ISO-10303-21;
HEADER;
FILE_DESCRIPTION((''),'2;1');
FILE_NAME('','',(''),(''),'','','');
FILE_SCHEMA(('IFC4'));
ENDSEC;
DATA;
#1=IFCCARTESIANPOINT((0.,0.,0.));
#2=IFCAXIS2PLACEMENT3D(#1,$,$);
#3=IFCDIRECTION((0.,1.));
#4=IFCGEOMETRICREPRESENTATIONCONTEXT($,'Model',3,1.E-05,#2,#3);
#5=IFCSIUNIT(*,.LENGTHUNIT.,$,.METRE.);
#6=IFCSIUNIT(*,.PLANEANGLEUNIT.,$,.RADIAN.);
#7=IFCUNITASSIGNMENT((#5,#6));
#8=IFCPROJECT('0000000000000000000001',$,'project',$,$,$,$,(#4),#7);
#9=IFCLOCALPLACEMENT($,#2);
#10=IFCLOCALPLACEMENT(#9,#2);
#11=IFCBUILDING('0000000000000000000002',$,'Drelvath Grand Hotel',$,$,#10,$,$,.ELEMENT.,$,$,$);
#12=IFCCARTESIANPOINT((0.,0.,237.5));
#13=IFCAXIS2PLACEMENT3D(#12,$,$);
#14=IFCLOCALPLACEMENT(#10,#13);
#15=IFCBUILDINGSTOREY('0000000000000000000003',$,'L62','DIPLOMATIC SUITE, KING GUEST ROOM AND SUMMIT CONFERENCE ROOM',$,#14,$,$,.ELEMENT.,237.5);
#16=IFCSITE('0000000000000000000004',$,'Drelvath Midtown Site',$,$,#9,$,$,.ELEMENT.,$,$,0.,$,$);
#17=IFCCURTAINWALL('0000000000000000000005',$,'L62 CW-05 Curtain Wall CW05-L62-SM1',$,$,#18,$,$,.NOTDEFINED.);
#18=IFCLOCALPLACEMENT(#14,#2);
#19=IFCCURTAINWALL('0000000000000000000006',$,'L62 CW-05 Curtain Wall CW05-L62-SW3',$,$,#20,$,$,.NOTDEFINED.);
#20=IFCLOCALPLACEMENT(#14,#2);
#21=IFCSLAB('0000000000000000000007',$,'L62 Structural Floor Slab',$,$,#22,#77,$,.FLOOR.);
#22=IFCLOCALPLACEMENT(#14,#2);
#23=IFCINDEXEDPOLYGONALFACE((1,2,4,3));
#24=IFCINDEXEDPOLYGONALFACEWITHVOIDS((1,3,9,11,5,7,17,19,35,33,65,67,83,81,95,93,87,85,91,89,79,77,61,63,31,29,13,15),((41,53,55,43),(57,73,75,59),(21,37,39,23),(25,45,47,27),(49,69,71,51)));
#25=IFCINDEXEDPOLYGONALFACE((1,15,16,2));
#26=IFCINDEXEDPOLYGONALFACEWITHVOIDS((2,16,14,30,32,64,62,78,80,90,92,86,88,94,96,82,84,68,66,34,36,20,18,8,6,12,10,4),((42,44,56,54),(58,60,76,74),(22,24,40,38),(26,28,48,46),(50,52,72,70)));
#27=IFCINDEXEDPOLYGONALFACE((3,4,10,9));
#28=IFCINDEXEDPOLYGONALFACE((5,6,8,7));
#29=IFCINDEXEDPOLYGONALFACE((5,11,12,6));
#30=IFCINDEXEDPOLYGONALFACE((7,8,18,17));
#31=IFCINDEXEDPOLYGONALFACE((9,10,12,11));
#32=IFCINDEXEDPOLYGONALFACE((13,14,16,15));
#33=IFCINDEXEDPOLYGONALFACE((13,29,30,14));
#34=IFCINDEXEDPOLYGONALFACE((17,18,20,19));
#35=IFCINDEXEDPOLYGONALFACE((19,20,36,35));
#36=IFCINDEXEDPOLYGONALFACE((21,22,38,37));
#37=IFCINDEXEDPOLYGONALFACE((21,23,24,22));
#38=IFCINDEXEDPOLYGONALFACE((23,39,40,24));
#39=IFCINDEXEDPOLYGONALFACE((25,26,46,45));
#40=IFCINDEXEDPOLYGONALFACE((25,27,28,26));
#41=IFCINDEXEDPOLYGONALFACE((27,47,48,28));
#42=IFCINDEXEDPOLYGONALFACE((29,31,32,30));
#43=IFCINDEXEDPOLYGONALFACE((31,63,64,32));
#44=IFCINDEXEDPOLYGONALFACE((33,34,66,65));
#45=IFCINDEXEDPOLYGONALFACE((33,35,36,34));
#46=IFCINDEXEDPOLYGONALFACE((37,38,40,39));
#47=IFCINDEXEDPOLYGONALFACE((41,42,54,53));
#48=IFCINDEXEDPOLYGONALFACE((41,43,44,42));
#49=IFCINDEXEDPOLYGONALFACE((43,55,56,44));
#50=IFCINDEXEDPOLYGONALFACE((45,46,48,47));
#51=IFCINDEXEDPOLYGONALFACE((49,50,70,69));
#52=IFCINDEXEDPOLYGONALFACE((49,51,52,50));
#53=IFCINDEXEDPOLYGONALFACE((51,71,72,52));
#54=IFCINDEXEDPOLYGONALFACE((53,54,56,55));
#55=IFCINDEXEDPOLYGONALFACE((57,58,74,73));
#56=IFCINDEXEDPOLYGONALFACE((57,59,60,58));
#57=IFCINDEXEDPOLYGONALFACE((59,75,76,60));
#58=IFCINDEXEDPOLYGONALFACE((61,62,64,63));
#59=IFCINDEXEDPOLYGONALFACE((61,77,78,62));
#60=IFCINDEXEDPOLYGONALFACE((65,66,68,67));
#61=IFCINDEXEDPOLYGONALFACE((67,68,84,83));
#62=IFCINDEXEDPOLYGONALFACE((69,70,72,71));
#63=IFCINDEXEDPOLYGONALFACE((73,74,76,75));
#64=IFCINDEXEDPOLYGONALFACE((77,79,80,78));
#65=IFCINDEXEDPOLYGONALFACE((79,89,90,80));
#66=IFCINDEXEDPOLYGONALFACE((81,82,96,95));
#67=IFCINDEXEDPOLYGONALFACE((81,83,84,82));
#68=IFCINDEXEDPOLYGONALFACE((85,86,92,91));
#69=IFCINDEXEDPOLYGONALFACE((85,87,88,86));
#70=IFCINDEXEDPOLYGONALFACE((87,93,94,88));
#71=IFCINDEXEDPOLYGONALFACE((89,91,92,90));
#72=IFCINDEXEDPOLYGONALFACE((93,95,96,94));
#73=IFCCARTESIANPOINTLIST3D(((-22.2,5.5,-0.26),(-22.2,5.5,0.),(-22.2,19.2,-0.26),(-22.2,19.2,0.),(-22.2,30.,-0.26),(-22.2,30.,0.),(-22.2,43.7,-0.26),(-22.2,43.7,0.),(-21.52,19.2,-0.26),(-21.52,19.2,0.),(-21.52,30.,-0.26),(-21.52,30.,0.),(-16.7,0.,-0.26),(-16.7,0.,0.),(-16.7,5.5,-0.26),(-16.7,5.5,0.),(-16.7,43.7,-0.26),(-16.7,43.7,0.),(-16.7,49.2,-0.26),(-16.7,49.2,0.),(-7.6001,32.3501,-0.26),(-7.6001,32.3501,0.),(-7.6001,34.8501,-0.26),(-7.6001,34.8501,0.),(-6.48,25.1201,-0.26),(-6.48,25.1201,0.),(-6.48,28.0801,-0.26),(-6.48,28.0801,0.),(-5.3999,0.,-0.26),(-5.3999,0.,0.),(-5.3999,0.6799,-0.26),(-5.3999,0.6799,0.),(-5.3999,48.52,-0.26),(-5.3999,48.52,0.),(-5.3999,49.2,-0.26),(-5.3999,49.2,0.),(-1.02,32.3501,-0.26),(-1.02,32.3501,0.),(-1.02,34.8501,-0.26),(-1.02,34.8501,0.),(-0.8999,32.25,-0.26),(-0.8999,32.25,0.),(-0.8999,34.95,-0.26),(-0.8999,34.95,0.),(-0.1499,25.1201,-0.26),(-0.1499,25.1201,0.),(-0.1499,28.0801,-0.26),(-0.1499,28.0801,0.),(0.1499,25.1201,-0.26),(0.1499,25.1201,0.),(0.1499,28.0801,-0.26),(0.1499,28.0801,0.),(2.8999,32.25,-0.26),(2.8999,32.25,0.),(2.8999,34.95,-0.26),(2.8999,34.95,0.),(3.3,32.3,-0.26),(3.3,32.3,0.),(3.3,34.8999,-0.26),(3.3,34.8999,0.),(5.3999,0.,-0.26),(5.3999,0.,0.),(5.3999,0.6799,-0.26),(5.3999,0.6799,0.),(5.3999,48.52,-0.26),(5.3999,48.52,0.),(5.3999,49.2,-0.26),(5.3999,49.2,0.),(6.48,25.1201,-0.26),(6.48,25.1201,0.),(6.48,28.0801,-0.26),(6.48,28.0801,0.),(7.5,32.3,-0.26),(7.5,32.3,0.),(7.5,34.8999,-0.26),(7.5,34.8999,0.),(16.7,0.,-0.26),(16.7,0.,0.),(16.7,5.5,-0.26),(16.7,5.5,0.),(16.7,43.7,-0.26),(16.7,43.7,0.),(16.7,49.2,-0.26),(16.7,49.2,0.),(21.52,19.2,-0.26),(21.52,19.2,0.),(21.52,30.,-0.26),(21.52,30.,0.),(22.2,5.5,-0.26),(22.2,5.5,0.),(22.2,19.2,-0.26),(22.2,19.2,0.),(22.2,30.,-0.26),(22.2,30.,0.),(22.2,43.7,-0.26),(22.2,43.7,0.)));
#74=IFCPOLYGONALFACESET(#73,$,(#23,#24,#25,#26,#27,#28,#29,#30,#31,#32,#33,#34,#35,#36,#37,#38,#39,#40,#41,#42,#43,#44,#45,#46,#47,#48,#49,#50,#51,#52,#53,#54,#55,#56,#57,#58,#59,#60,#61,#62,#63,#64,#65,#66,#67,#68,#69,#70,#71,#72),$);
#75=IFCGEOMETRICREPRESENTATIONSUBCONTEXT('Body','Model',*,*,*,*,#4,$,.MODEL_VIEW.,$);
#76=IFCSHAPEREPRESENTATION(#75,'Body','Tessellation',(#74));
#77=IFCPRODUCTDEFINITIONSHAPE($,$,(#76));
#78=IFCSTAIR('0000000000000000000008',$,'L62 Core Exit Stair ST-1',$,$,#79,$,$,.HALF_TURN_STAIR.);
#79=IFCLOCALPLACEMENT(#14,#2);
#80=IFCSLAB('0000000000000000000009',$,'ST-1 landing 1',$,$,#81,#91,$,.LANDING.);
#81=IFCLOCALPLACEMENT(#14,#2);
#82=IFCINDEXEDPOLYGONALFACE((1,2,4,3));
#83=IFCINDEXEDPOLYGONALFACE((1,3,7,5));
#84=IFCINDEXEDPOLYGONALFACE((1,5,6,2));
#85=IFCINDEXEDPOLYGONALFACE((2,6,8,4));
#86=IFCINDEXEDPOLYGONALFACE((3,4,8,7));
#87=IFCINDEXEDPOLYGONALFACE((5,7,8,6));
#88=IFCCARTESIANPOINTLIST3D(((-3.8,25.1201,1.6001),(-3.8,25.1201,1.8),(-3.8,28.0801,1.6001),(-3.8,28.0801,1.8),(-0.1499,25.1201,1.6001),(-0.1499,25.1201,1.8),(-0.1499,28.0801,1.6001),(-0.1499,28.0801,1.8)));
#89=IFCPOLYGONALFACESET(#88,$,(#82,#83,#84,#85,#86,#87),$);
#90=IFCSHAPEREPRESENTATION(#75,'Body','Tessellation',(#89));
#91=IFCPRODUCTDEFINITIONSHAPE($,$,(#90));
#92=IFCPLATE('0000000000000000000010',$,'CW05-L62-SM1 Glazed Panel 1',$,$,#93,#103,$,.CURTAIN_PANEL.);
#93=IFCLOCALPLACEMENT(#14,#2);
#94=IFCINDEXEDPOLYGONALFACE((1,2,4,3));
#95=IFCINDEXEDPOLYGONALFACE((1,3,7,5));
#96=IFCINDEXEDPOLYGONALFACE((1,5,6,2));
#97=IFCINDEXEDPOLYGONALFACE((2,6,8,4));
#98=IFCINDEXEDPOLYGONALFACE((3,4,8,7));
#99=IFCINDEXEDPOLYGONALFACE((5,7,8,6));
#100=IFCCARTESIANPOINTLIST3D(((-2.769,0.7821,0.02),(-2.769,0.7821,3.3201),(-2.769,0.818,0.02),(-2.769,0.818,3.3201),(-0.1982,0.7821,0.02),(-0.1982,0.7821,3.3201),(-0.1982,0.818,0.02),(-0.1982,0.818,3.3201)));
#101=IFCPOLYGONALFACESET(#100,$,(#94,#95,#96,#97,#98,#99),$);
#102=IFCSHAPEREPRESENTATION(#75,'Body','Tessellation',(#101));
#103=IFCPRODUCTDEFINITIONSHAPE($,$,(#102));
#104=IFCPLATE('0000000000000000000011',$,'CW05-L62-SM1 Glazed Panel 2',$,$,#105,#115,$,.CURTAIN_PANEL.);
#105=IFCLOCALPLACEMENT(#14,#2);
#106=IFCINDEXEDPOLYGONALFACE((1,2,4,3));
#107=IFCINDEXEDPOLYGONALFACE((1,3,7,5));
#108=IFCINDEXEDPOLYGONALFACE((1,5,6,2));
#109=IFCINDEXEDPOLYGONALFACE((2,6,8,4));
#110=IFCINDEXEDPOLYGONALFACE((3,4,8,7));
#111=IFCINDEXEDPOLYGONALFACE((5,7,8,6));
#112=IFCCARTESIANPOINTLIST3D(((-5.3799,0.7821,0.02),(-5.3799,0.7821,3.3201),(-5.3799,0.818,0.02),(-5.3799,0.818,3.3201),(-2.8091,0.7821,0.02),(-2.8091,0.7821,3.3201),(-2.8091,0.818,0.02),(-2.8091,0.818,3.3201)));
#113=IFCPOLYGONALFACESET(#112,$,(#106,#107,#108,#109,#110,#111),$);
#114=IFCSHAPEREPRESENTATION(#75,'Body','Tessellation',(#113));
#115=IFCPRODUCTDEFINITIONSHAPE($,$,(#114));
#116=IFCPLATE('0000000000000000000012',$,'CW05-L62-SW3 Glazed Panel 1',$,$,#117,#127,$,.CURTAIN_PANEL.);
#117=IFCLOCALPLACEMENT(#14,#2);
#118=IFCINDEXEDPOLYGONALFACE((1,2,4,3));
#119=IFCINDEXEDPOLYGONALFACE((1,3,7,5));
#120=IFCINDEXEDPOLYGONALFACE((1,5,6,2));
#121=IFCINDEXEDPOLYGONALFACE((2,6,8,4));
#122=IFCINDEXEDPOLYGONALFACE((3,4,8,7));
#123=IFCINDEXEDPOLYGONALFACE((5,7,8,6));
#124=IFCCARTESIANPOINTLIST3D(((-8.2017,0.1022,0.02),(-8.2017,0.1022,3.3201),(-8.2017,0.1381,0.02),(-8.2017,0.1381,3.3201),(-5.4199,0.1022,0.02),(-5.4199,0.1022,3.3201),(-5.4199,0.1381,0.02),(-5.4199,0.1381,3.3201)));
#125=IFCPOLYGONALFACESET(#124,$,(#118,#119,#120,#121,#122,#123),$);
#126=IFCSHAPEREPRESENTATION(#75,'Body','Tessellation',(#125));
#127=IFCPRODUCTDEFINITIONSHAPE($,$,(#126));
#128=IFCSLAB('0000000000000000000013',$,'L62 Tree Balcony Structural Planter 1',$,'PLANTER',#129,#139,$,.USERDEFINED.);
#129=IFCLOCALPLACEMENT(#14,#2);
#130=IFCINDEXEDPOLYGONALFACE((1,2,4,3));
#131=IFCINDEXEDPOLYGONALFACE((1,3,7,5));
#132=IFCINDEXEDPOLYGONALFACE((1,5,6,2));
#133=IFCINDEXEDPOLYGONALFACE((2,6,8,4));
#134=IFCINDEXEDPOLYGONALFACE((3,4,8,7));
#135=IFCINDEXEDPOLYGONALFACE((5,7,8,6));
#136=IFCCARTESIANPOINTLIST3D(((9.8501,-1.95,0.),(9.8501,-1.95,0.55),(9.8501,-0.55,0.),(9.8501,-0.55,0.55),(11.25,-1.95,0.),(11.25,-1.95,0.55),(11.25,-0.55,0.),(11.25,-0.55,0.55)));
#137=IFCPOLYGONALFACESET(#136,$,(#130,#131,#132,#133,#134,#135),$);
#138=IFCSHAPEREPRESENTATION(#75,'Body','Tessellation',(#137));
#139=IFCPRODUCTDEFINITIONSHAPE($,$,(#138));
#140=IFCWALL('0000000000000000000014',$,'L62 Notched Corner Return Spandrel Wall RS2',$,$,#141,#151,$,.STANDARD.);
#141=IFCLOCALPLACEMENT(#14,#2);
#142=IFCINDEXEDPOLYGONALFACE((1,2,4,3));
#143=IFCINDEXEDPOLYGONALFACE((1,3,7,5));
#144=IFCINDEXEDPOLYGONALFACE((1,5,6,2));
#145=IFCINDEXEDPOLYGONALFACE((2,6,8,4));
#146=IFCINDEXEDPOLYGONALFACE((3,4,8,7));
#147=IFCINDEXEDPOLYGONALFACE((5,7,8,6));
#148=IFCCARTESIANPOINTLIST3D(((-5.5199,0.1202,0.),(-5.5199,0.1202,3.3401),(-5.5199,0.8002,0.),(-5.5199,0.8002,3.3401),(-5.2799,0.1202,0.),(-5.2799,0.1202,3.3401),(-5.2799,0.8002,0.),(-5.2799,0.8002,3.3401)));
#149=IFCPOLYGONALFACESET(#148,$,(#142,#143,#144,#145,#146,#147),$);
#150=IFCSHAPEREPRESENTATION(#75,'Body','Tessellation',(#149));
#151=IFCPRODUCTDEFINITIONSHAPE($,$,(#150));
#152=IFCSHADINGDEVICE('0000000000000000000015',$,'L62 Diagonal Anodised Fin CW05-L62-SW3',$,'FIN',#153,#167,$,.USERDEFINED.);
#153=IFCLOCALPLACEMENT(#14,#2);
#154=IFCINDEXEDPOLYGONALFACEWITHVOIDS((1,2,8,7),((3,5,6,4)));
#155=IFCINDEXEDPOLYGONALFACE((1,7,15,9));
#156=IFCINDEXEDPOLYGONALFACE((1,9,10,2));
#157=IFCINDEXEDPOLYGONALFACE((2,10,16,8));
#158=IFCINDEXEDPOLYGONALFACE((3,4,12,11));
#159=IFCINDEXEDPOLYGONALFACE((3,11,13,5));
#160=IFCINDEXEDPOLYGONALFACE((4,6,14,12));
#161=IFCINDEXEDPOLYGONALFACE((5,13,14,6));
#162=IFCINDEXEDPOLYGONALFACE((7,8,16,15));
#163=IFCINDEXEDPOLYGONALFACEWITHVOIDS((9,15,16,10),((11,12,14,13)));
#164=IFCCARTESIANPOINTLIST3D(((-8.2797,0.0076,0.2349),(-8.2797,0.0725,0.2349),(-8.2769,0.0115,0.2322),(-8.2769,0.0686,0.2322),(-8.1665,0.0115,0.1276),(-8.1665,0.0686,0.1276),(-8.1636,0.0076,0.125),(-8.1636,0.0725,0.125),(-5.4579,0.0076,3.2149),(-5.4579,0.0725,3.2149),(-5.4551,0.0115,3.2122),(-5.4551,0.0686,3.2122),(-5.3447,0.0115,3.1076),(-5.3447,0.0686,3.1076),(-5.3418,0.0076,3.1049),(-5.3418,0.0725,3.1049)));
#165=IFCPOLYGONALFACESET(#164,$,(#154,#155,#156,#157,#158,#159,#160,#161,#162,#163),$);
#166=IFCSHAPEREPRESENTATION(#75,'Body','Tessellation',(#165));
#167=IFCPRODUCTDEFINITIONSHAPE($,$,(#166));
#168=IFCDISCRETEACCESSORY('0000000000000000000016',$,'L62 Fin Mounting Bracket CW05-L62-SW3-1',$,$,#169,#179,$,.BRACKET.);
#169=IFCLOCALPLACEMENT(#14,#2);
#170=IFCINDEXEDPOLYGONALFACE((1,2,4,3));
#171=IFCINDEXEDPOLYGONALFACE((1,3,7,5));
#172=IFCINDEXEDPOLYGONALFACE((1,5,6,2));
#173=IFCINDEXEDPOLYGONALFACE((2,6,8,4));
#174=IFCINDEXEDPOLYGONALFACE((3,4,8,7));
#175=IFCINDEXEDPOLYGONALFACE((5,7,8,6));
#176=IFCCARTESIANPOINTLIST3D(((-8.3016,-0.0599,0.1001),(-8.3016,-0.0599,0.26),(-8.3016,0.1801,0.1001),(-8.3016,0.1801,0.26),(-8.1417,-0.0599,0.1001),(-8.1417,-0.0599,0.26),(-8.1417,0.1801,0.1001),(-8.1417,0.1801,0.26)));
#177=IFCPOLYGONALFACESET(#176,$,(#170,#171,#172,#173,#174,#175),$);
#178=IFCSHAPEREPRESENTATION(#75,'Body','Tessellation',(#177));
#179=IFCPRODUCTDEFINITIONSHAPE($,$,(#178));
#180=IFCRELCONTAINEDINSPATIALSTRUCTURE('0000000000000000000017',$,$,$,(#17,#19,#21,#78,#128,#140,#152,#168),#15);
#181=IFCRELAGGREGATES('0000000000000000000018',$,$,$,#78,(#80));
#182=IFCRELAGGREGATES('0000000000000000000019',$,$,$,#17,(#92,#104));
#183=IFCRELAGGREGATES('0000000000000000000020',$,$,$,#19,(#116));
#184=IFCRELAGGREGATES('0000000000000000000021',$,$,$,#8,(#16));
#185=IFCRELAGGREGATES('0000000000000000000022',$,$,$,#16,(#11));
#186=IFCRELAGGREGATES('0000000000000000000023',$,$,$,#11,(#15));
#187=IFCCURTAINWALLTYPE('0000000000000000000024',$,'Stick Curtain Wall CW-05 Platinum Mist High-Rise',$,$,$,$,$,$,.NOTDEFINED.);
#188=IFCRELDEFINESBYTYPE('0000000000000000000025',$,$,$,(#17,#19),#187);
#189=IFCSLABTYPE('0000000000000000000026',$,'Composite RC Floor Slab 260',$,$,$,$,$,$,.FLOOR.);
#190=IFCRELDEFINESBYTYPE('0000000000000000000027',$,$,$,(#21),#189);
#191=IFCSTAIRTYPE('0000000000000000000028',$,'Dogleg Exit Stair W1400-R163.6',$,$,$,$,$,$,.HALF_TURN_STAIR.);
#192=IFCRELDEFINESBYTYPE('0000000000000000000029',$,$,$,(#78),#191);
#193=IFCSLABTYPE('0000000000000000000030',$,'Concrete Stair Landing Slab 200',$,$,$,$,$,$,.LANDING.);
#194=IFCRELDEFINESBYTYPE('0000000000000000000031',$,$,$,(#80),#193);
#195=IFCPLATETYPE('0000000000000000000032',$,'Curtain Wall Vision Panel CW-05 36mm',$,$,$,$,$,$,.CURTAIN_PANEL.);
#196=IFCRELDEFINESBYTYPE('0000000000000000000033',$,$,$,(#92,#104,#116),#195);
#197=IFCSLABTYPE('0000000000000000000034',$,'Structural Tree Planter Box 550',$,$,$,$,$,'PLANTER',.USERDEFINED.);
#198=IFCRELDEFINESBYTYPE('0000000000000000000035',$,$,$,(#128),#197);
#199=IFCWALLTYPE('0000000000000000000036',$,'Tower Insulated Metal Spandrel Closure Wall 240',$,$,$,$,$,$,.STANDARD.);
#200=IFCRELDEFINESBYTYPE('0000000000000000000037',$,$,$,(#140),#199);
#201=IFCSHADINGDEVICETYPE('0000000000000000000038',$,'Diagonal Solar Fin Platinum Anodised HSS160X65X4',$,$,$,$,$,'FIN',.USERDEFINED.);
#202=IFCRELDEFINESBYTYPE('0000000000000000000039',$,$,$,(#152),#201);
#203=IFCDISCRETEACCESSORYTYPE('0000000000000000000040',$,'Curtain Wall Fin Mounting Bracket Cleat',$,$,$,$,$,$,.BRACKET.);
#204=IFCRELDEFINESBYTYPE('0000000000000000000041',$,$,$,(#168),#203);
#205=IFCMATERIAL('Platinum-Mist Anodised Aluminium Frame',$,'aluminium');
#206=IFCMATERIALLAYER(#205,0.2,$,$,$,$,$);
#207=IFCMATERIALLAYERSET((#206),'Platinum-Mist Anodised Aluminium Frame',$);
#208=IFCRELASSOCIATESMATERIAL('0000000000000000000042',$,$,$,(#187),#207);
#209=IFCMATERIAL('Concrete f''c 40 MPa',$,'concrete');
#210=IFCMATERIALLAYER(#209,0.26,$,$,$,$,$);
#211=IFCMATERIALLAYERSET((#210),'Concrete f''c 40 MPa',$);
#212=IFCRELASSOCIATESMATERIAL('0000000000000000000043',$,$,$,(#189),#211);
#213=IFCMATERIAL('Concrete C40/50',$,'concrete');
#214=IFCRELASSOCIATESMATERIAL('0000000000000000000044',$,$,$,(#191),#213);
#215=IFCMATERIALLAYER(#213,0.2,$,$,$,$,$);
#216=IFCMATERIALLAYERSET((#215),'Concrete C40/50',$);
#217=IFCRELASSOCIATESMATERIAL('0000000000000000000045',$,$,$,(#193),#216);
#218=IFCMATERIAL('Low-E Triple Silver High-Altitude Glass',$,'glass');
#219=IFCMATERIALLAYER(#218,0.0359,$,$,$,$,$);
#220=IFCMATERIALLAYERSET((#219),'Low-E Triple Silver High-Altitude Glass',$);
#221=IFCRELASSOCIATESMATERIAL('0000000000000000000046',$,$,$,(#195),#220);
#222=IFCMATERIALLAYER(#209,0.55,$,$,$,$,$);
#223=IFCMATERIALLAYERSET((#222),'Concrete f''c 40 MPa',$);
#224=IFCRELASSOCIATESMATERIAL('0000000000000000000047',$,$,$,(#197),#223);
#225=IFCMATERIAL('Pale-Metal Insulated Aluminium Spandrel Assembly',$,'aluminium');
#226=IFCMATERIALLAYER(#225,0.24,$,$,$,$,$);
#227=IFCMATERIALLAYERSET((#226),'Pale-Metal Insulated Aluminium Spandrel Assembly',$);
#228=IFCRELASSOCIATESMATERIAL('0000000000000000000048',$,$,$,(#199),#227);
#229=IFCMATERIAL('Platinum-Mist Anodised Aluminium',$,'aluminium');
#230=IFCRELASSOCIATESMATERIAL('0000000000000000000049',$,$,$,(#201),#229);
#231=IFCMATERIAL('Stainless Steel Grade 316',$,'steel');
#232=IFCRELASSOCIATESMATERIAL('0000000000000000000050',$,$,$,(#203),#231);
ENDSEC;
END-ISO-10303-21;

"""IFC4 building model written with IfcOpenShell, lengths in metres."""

from ifc_helpers import new_model, si_unit, direction, frame, frame_2d, origin, origin_2d, place, context, subcontext, project, spatial, polyline, rectangle, hollow_rectangle, outline, extrude, material, layer, layer_set, material_profile, profile_set, type_object, element, aggregate, save


model = new_model("IFC4")

# Units and contexts
model_context = context("Model", 3, precision=1e-05, world=origin(), true_north=direction((0.0, 1.0)))
body_context = subcontext(model_context, "Body", "Model", "MODEL_VIEW")
ifc_project = project(units=[si_unit("LENGTHUNIT", "METRE"), si_unit("PLANEANGLEUNIT", "RADIAN")], contexts=[model_context])

# Site, building, storey
site_placement = place(None, origin())
site = spatial("IfcSite", under=ifc_project, at=site_placement, Name="Drelvath Midtown Site", CompositionType="ELEMENT", RefElevation=0.0)
building_placement = place(site_placement, origin())
building = spatial("IfcBuilding", under=site, at=building_placement, Name="Drelvath Grand Hotel", CompositionType="ELEMENT")
storey_placement = place(building_placement, frame((0.0, 0.0, 237.5)))
storey = spatial("IfcBuildingStorey", under=building, at=storey_placement, Name="L62", Description="DIPLOMATIC SUITE, KING GUEST ROOM AND SUMMIT CONFERENCE ROOM", CompositionType="ELEMENT", Elevation=237.5)

# Curtain walls
ifc_material_1 = material(Name="Platinum-Mist Anodised Aluminium Frame", Category="aluminium")
ifc_layer_1 = layer(ifc_material_1, 0.2)
ifc_layer_set_1 = layer_set([ifc_layer_1], Name="Platinum-Mist Anodised Aluminium Frame")
curtain_wall_type = type_object("IfcCurtainWallType", Name="Stick Curtain Wall CW-05 Platinum Mist High-Rise", PredefinedType="NOTDEFINED", material=ifc_layer_set_1)
curtain_wall_1_placement = place(storey_placement, origin())
curtain_wall_1 = element("IfcCurtainWall", 1, at=curtain_wall_1_placement, inside=storey, type_object=curtain_wall_type, Name="L62 CW-05 Curtain Wall CW05-L62-SM1", PredefinedType="NOTDEFINED")
curtain_wall_2_placement = place(storey_placement, origin())
curtain_wall_2 = element("IfcCurtainWall", 2, at=curtain_wall_2_placement, inside=storey, type_object=curtain_wall_type, Name="L62 CW-05 Curtain Wall CW05-L62-SW3", PredefinedType="NOTDEFINED")

# Slab
ifc_material_2 = material(Name="Concrete f'c 40 MPa", Category="concrete")
ifc_layer_2 = layer(ifc_material_2, 0.26)
ifc_layer_set_2 = layer_set([ifc_layer_2], Name="Concrete f'c 40 MPa")
slab_type_1 = type_object("IfcSlabType", Name="Composite RC Floor Slab 260", PredefinedType="FLOOR", material=ifc_layer_set_2)
slab_1_placement = place(storey_placement, frame((0.0, 0.0, -0.26)))
element("IfcSlab", 3, at=slab_1_placement, inside=storey, type_object=slab_type_1, Name="L62 Structural Floor Slab", PredefinedType="FLOOR", context=body_context, shape_type="SweptSolid", body=[
    extrude(outline(polyline([(-16.7, 0.0), (-5.3999, 0.0), (-5.3999, 0.6799), (5.3999, 0.6799), (5.3999, 0.0), (16.7, 0.0), (16.7, 5.5), (22.2, 5.5), (22.2, 19.2), (21.52, 19.2), (21.52, 30.0), (22.2, 30.0), (22.2, 43.7), (16.7, 43.7), (16.7, 49.2), (5.3999, 49.2), (5.3999, 48.52), (-5.3999, 48.52), (-5.3999, 49.2), (-16.7, 49.2), (-16.7, 43.7), (-22.2, 43.7), (-22.2, 30.0), (-21.52, 30.0), (-21.52, 19.2), (-22.2, 19.2), (-22.2, 5.5), (-16.7, 5.5), (-16.7, 0.0)]), holes=[polyline([(-6.48, 25.1201), (-6.48, 28.0801), (-0.1499, 28.0801), (-0.1499, 25.1201), (-6.48, 25.1201)]), polyline([(0.1499, 25.1201), (0.1499, 28.0801), (6.48, 28.0801), (6.48, 25.1201), (0.1499, 25.1201)]), polyline([(-7.6001, 32.3501), (-7.6001, 34.8501), (-1.02, 34.8501), (-1.02, 32.3501), (-7.6001, 32.3501)]), polyline([(-0.8999, 32.25), (-0.8999, 34.95), (2.8999, 34.95), (2.8999, 32.25), (-0.8999, 32.25)]), polyline([(3.3, 32.3), (3.3, 34.8999), (7.5, 34.8999), (7.5, 32.3), (3.3, 32.3)])]), origin(), (0.0, 0.0, 1.0), 0.26),
])

# Stair, slab
ifc_material_3 = material(Name="Concrete C40/50", Category="concrete")
stair_type = type_object("IfcStairType", Name="Dogleg Exit Stair W1400-R163.6", PredefinedType="HALF_TURN_STAIR", material=ifc_material_3)
stair_placement = place(storey_placement, origin())
stair = element("IfcStair", 4, at=stair_placement, inside=storey, type_object=stair_type, Name="L62 Core Exit Stair ST-1", PredefinedType="HALF_TURN_STAIR")
ifc_layer_3 = layer(ifc_material_3, 0.2)
ifc_layer_set_3 = layer_set([ifc_layer_3], Name="Concrete C40/50")
slab_type_2 = type_object("IfcSlabType", Name="Concrete Stair Landing Slab 200", PredefinedType="LANDING", material=ifc_layer_set_3)
slab_2_placement = place(storey_placement, frame((0.0, 0.0, 1.6001)))
slab_2 = element("IfcSlab", 5, at=slab_2_placement, type_object=slab_type_2, Name="ST-1 landing 1", PredefinedType="LANDING", context=body_context, shape_type="SweptSolid", body=[
    extrude(outline(polyline([(-3.8, 25.1201), (-0.1499, 25.1201), (-0.1499, 28.0801), (-3.8, 28.0801), (-3.8, 25.1201)])), origin(), (0.0, 0.0, 1.0), 0.2),
])
aggregate(stair, [slab_2])

# Plates
ifc_material_4 = material(Name="Low-E Triple Silver High-Altitude Glass", Category="glass")
ifc_layer_4 = layer(ifc_material_4, 0.0359)
ifc_layer_set_4 = layer_set([ifc_layer_4], Name="Low-E Triple Silver High-Altitude Glass")
plate_type = type_object("IfcPlateType", Name="Curtain Wall Vision Panel CW-05 36mm", PredefinedType="CURTAIN_PANEL", material=ifc_layer_set_4)
plate_1_placement = place(storey_placement, frame((-1.4836, 0.8, 0.02), z_axis=(0.0, 0.0, 1.0), x_axis=(-1.0, 0.0, 0.0)))
plate_1 = element("IfcPlate", 6, at=plate_1_placement, type_object=plate_type, Name="CW05-L62-SM1 Glazed Panel 1", PredefinedType="CURTAIN_PANEL", context=body_context, shape_type="SweptSolid", body=[
    extrude(rectangle(XDim=2.5708, YDim=0.0359, at=origin_2d()), origin(), (0.0, 0.0, 1.0), 3.3),
])
plate_2_placement = place(storey_placement, frame((-4.0945, 0.8, 0.02), z_axis=(0.0, 0.0, 1.0), x_axis=(-1.0, 0.0, 0.0)))
plate_2 = element("IfcPlate", 7, at=plate_2_placement, type_object=plate_type, Name="CW05-L62-SM1 Glazed Panel 2", PredefinedType="CURTAIN_PANEL", context=body_context, shape_type="SweptSolid", body=[
    extrude(rectangle(XDim=2.5708, YDim=0.0359, at=origin_2d()), origin(), (0.0, 0.0, 1.0), 3.3),
])
aggregate(curtain_wall_1, [plate_1, plate_2])
plate_3_placement = place(storey_placement, frame((-6.8108, 0.1201, 0.02), z_axis=(0.0, 0.0, 1.0), x_axis=(-1.0, 0.0, 0.0)))
plate_3 = element("IfcPlate", 8, at=plate_3_placement, type_object=plate_type, Name="CW05-L62-SW3 Glazed Panel 1", PredefinedType="CURTAIN_PANEL", context=body_context, shape_type="SweptSolid", body=[
    extrude(rectangle(XDim=2.7817, YDim=0.0359, at=origin_2d()), origin(), (0.0, 0.0, 1.0), 3.3),
])
aggregate(curtain_wall_2, [plate_3])

# Slab
ifc_layer_5 = layer(ifc_material_2, 0.55)
ifc_layer_set_5 = layer_set([ifc_layer_5], Name="Concrete f'c 40 MPa")
slab_type_3 = type_object("IfcSlabType", Name="Structural Tree Planter Box 550", ElementType="PLANTER", PredefinedType="USERDEFINED", material=ifc_layer_set_5)
slab_3_placement = place(storey_placement, origin())
element("IfcSlab", 9, at=slab_3_placement, inside=storey, type_object=slab_type_3, Name="L62 Tree Balcony Structural Planter 1", ObjectType="PLANTER", PredefinedType="USERDEFINED", context=body_context, shape_type="SweptSolid", body=[
    extrude(outline(polyline([(9.8501, -1.95), (11.25, -1.95), (11.25, -0.55), (9.8501, -0.55), (9.8501, -1.95)])), origin(), (0.0, 0.0, 1.0), 0.55),
])

# Wall
ifc_material_5 = material(Name="Pale-Metal Insulated Aluminium Spandrel Assembly", Category="aluminium")
ifc_layer_6 = layer(ifc_material_5, 0.24)
ifc_layer_set_6 = layer_set([ifc_layer_6], Name="Pale-Metal Insulated Aluminium Spandrel Assembly")
wall_type = type_object("IfcWallType", Name="Tower Insulated Metal Spandrel Closure Wall 240", PredefinedType="STANDARD", material=ifc_layer_set_6)
wall_placement = place(storey_placement, frame((-5.3999, 0.8, 0.0), z_axis=(0.0, 0.0, 1.0), x_axis=(0.0, -1.0, 0.0)))
element("IfcWall", 10, at=wall_placement, inside=storey, type_object=wall_type, Name="L62 Notched Corner Return Spandrel Wall RS2", PredefinedType="STANDARD", context=body_context, shape_type="SweptSolid", body=[
    extrude(rectangle(XDim=0.6799, YDim=0.24, at=frame_2d((0.3398, 0.0))), origin(), (0.0, 0.0, 1.0), 3.3401),
])

# Shading device
ifc_material_6 = material(Name="Platinum-Mist Anodised Aluminium", Category="aluminium")
ifc_material_profile_1 = material_profile(ifc_material_6, hollow_rectangle(XDim=0.0649, YDim=0.1599, WallThickness=0.0039, at=origin_2d()), Name="HSS160X65X4")
ifc_profile_set_1 = profile_set([ifc_material_profile_1], Name="Platinum-Mist Anodised Aluminium")
shading_device_type = type_object("IfcShadingDeviceType", Name="Diagonal Solar Fin Platinum Anodised HSS160X65X4", ElementType="FIN", PredefinedType="USERDEFINED", material=ifc_profile_set_1)
shading_device_placement = place(storey_placement, frame((-8.2217, 0.04, 0.1799), z_axis=(0.68757, 0.0, 0.726118), x_axis=(0.0, 1.0, 0.0)))
element("IfcShadingDevice", 11, at=shading_device_placement, inside=storey, type_object=shading_device_type, Name="L62 Diagonal Anodised Fin CW05-L62-SW3", ObjectType="FIN", PredefinedType="USERDEFINED", context=body_context, shape_type="SweptSolid", body=[
    extrude(hollow_rectangle(XDim=0.0649, YDim=0.1599, WallThickness=0.0039, at=origin_2d()), origin(), (0.0, 0.0, 1.0), 4.104),
])

# Discrete accessory
ifc_material_7 = material(Name="Stainless Steel Grade 316", Category="steel")
discrete_accessory_type = type_object("IfcDiscreteAccessoryType", Name="Curtain Wall Fin Mounting Bracket Cleat", PredefinedType="BRACKET", material=ifc_material_7)
discrete_accessory_placement = place(storey_placement, frame((-8.2217, 0.0601, 0.1001), z_axis=(0.0, 0.0, 1.0), x_axis=(-1.0, 0.0, 0.0)))
element("IfcDiscreteAccessory", 12, at=discrete_accessory_placement, inside=storey, type_object=discrete_accessory_type, Name="L62 Fin Mounting Bracket CW05-L62-SW3-1", PredefinedType="BRACKET", context=body_context, shape_type="SweptSolid", body=[
    extrude(rectangle(XDim=0.1599, YDim=0.24, at=origin_2d()), origin(), (0.0, 0.0, 1.0), 0.1599),
])

save(model, "model.ifc")
